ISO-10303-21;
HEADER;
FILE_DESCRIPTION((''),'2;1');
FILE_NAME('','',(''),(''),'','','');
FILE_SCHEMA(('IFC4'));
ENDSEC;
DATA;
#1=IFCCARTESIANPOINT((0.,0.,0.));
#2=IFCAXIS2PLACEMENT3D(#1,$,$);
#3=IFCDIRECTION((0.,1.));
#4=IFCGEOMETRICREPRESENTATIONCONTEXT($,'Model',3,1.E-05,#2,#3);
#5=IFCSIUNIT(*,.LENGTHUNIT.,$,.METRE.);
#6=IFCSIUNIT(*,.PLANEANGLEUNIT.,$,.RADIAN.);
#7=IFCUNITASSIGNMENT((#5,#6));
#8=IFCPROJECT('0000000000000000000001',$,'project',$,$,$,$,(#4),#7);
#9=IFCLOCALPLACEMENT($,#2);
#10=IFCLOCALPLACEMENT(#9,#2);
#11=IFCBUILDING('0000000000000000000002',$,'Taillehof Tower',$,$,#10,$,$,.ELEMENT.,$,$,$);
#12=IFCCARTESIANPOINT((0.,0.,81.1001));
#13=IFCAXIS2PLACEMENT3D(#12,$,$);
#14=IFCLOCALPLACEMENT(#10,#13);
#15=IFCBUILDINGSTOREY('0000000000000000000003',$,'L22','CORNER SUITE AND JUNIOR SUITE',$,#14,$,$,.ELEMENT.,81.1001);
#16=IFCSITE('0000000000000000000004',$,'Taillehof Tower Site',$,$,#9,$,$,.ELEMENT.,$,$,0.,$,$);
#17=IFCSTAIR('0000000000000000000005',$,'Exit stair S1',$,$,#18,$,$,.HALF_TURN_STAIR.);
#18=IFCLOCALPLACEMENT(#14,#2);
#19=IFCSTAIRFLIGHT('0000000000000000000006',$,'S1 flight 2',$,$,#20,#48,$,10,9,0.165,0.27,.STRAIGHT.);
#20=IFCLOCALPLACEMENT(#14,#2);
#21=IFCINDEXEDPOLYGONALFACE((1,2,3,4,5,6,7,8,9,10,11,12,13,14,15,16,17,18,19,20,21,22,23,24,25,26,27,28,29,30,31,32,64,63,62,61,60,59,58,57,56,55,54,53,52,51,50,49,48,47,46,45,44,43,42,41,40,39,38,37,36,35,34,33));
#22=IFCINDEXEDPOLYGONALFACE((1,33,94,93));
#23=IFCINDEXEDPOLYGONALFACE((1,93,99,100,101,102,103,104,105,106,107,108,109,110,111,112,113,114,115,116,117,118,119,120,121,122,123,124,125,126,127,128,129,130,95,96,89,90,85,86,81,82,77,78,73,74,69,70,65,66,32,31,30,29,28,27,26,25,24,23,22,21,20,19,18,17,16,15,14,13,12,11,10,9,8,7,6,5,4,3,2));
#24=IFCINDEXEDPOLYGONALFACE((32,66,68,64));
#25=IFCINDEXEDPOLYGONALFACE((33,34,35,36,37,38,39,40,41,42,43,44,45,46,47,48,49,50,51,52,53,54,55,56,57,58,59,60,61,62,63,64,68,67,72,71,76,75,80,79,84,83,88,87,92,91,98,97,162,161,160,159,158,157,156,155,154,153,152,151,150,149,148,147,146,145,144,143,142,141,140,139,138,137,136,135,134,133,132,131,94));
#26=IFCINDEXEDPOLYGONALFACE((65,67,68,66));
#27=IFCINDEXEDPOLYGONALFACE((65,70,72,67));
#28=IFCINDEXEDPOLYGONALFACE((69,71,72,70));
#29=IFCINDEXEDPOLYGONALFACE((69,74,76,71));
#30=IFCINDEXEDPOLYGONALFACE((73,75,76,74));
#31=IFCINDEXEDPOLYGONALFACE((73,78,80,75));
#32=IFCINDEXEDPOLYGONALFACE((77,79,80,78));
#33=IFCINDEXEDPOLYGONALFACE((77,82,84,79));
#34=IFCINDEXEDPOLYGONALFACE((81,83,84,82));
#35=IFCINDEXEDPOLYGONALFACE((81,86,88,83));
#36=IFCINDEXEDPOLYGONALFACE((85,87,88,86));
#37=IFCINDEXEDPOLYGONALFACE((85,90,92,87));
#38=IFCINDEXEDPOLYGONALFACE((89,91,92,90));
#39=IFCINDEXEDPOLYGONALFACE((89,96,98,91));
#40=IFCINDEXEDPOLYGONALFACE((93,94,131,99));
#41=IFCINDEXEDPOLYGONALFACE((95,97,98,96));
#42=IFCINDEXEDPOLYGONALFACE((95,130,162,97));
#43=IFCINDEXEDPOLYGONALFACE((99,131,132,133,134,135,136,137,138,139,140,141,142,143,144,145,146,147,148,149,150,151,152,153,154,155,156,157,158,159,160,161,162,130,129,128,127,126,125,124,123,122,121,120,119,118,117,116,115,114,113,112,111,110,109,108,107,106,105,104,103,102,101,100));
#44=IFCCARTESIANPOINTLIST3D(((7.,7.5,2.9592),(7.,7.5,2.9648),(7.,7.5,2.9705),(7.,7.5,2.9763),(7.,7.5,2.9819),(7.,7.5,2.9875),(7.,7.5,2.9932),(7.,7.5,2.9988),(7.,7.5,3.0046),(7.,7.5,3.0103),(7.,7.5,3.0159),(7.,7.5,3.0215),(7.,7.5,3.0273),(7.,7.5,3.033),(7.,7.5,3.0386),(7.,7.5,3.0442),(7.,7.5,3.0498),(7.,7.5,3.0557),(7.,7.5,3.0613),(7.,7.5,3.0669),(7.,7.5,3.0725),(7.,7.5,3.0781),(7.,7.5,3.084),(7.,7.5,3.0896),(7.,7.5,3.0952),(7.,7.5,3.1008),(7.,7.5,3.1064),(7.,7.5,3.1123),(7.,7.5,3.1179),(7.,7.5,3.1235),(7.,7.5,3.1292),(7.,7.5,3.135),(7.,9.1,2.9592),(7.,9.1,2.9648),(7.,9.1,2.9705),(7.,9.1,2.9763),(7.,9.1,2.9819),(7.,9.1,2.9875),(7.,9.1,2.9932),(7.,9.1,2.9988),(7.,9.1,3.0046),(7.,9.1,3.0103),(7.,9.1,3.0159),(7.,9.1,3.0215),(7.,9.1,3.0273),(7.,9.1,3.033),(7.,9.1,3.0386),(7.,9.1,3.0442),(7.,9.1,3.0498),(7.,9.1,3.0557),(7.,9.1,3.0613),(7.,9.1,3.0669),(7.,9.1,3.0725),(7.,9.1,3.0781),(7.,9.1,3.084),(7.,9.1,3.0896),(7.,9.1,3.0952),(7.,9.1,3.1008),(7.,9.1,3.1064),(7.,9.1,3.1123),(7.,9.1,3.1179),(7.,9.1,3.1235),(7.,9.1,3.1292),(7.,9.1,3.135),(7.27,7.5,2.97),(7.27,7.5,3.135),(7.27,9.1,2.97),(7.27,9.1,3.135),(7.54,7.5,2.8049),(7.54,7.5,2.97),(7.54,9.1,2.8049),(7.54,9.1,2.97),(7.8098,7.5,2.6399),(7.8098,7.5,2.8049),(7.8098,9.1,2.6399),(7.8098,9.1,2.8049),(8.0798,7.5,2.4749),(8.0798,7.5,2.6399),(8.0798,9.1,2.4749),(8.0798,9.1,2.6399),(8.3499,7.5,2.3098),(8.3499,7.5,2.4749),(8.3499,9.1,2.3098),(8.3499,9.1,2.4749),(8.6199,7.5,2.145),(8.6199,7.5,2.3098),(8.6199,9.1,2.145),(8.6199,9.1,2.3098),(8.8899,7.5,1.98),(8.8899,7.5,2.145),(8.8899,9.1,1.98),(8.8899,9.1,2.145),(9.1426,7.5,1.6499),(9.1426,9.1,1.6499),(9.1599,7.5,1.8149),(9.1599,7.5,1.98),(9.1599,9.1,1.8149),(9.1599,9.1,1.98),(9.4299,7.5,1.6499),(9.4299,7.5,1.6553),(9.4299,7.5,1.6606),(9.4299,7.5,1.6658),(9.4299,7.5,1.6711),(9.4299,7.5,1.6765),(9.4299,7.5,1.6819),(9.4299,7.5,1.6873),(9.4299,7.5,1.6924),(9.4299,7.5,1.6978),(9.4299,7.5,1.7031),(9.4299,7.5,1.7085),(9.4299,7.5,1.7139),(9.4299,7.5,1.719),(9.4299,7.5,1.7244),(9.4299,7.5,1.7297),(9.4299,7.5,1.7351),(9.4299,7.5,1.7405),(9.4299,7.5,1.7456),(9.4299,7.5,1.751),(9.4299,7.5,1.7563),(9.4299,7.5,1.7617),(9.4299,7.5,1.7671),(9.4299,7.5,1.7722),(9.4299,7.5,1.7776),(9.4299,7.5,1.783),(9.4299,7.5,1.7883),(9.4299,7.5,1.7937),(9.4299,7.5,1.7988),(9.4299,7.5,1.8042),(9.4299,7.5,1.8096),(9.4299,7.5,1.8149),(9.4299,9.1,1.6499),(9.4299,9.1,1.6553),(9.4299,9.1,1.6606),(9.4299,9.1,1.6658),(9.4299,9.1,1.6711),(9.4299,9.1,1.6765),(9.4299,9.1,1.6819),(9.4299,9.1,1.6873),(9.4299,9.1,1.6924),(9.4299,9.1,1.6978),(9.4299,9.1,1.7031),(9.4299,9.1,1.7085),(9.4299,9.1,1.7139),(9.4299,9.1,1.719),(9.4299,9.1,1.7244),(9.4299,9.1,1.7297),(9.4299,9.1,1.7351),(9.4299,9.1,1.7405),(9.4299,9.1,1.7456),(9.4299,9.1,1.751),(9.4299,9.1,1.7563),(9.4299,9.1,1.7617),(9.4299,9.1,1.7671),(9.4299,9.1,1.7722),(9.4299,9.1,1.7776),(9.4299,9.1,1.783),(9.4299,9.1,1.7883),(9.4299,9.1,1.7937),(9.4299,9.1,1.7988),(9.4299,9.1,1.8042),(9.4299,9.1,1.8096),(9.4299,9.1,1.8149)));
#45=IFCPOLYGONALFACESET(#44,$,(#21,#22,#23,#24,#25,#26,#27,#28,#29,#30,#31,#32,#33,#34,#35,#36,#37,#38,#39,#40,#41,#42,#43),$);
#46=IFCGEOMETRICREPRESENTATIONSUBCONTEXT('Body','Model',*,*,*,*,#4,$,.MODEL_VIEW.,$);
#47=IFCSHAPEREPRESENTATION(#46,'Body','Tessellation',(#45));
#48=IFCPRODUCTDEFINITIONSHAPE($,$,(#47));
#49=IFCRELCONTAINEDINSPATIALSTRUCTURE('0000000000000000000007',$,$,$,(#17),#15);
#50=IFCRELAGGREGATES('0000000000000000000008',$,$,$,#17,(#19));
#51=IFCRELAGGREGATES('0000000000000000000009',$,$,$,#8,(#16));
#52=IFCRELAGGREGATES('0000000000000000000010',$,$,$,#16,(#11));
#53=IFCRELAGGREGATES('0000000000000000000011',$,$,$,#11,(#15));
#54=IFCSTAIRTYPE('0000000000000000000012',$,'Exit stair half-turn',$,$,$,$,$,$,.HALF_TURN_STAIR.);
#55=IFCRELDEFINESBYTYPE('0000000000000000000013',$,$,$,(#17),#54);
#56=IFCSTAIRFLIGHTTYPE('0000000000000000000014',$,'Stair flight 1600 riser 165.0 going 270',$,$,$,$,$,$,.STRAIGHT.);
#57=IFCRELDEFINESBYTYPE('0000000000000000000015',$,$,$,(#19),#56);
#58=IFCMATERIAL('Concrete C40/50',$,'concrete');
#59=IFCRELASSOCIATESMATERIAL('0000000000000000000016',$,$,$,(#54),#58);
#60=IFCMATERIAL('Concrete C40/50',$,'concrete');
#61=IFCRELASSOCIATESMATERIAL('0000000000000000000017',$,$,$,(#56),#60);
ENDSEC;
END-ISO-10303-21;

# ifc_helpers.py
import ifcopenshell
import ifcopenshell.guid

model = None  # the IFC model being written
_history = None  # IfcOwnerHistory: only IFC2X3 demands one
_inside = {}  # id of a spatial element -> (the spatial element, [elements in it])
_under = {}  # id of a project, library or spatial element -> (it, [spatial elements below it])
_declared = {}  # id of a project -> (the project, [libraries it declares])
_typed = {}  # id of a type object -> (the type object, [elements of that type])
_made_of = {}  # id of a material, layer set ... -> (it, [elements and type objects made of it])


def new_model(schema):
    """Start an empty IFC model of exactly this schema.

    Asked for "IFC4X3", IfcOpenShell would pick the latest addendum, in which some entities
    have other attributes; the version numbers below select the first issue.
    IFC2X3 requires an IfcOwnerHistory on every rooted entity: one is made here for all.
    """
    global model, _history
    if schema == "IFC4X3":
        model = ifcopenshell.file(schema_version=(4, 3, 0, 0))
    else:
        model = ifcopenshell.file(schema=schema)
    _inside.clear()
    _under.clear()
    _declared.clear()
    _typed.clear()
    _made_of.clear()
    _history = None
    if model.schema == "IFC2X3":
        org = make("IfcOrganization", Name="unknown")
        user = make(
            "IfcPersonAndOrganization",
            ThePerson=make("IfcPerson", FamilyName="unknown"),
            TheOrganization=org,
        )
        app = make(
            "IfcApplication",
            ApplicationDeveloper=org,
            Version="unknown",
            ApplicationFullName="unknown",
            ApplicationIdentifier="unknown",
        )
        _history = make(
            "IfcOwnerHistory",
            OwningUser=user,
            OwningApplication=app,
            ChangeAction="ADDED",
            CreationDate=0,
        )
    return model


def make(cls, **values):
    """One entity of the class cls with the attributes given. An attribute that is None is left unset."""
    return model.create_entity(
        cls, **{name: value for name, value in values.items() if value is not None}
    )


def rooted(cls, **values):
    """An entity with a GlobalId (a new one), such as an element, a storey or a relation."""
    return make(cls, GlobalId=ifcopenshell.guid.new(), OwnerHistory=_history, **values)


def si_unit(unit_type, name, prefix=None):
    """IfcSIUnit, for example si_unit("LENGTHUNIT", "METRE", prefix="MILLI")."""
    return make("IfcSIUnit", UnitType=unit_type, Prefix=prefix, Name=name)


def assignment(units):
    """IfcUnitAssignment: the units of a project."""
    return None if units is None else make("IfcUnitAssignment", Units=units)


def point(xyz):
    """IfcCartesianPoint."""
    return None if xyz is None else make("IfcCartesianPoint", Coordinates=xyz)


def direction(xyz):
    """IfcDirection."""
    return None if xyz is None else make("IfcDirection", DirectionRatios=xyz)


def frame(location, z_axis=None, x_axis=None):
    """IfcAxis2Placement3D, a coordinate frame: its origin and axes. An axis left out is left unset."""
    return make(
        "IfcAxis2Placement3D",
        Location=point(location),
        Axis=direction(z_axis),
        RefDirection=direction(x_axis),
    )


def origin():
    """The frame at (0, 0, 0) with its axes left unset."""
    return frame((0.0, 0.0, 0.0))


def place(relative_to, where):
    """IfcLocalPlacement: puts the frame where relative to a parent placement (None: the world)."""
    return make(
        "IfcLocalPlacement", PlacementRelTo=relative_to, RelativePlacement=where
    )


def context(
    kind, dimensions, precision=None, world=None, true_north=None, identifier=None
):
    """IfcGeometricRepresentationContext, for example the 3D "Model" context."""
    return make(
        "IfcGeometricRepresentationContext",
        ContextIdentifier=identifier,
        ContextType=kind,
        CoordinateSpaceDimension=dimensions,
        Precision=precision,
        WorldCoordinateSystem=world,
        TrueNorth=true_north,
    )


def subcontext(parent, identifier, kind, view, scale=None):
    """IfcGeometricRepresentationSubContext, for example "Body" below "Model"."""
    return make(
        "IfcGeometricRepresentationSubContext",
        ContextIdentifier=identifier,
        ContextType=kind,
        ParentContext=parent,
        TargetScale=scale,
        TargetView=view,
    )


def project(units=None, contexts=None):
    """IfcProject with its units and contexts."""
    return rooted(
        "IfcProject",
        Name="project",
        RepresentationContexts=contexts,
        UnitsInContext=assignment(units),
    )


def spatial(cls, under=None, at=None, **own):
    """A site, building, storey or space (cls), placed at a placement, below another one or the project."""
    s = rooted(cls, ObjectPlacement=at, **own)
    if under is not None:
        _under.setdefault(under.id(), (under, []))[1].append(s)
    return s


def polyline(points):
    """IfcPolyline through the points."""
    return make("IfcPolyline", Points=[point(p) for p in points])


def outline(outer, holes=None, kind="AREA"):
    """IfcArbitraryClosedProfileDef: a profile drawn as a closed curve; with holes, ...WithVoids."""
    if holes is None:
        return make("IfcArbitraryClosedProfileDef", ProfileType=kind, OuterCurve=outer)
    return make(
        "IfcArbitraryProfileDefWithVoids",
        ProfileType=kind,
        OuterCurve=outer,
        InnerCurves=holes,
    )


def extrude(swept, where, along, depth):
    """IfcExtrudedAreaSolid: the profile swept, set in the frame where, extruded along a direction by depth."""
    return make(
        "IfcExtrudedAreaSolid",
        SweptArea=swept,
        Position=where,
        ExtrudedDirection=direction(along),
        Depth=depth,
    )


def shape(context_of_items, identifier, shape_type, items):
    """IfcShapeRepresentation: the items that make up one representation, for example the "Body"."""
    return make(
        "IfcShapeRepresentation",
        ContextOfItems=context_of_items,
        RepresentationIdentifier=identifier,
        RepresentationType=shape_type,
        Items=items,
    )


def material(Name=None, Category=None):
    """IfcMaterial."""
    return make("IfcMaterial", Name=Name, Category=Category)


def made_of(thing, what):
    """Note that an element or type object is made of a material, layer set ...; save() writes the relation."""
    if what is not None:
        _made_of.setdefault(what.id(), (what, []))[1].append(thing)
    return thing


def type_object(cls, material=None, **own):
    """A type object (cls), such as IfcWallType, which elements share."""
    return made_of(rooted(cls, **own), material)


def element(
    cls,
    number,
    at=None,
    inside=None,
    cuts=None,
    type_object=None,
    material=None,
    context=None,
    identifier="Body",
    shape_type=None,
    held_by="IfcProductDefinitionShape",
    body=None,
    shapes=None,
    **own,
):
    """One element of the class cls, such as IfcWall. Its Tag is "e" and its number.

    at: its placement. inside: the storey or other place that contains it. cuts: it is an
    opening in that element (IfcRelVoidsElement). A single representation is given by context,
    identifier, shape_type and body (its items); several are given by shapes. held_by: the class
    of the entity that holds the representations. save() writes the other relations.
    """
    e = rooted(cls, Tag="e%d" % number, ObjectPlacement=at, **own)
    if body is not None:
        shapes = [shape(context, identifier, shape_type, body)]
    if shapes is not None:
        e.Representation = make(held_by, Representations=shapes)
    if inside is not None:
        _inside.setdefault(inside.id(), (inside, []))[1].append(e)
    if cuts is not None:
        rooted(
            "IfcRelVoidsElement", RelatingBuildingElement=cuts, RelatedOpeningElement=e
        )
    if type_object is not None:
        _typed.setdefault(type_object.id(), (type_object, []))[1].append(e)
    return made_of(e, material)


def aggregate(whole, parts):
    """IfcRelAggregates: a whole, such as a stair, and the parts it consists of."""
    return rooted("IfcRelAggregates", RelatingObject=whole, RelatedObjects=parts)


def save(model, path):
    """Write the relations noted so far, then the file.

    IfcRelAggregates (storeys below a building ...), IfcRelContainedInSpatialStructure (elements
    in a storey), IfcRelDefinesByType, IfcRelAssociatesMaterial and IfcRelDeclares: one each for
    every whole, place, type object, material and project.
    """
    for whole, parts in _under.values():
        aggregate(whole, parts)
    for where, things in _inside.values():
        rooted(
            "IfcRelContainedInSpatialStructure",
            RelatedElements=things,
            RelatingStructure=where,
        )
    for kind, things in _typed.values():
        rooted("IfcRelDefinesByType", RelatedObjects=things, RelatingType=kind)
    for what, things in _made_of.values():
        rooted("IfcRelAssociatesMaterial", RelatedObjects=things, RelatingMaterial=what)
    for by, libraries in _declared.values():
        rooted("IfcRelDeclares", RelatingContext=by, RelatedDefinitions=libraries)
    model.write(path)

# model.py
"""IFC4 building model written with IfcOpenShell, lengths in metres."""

from ifc_helpers import new_model, si_unit, direction, frame, origin, place, context, subcontext, project, spatial, polyline, outline, extrude, material, type_object, element, aggregate, save


model = new_model("IFC4")

# Units and contexts
model_context = context("Model", 3, precision=1e-05, world=origin(), true_north=direction((0.0, 1.0)))
body_context = subcontext(model_context, "Body", "Model", "MODEL_VIEW")
ifc_project = project(units=[si_unit("LENGTHUNIT", "METRE"), si_unit("PLANEANGLEUNIT", "RADIAN")], contexts=[model_context])

# Site, building, storey
site_placement = place(None, origin())
site = spatial("IfcSite", under=ifc_project, at=site_placement, Name="Taillehof Tower Site", CompositionType="ELEMENT", RefElevation=0.0)
building_placement = place(site_placement, origin())
building = spatial("IfcBuilding", under=site, at=building_placement, Name="Taillehof Tower", CompositionType="ELEMENT")
storey_placement = place(building_placement, frame((0.0, 0.0, 81.1001)))
storey = spatial("IfcBuildingStorey", under=building, at=storey_placement, Name="L22", Description="CORNER SUITE AND JUNIOR SUITE", CompositionType="ELEMENT", Elevation=81.1001)

# Stair, stair flight
ifc_material_1 = material(Name="Concrete C40/50", Category="concrete")
stair_type = type_object("IfcStairType", Name="Exit stair half-turn", PredefinedType="HALF_TURN_STAIR", material=ifc_material_1)
stair_placement = place(storey_placement, origin())
stair = element("IfcStair", 1, at=stair_placement, inside=storey, type_object=stair_type, Name="Exit stair S1", PredefinedType="HALF_TURN_STAIR")
ifc_material_2 = material(Name="Concrete C40/50", Category="concrete")
stair_flight_type = type_object("IfcStairFlightType", Name="Stair flight 1600 riser 165.0 going 270", PredefinedType="STRAIGHT", material=ifc_material_2)
stair_flight_placement = place(storey_placement, frame((9.4299, 8.3, 1.6499), z_axis=(0.0, 0.0, 1.0), x_axis=(-1.0, 0.0, 0.0)))
stair_flight = element("IfcStairFlight", 2, at=stair_flight_placement, type_object=stair_flight_type, Name="S1 flight 2", NumberOfRisers=10, NumberOfTreads=9, PredefinedType="STRAIGHT", RiserHeight=0.165, TreadLength=0.27, context=body_context, shape_type="SweptSolid", body=[
    extrude(outline(polyline([(0.0, 0.0), (0.0, 0.0054), (0.0, 0.0107), (0.0, 0.0159), (0.0, 0.0212), (0.0, 0.0266), (0.0, 0.032), (0.0, 0.0374), (0.0, 0.0425), (0.0, 0.0479), (0.0, 0.0532), (0.0, 0.0586), (0.0, 0.064), (0.0, 0.0691), (0.0, 0.0745), (0.0, 0.0798), (0.0, 0.0852), (0.0, 0.0906), (0.0, 0.0957), (0.0, 0.1011), (0.0, 0.1064), (0.0, 0.1118), (0.0, 0.1172), (0.0, 0.1223), (0.0, 0.1277), (0.0, 0.1331), (0.0, 0.1384), (0.0, 0.1438), (0.0, 0.1489), (0.0, 0.1543), (0.0, 0.1597), (0.0, 0.165), (0.27, 0.165), (0.27, 0.3301), (0.54, 0.3301), (0.54, 0.4951), (0.8101, 0.4951), (0.8101, 0.6599), (1.0801, 0.6599), (1.0801, 0.825), (1.3501, 0.825), (1.3501, 0.99), (1.6201, 0.99), (1.6201, 1.155), (1.8899, 1.155), (1.8899, 1.3201), (2.1599, 1.3201), (2.1599, 1.4851), (2.4299, 1.4851), (2.4299, 1.4792), (2.4299, 1.4736), (2.4299, 1.468), (2.4299, 1.4624), (2.4299, 1.4565), (2.4299, 1.4509), (2.4299, 1.4453), (2.4299, 1.4397), (2.4299, 1.4341), (2.4299, 1.4282), (2.4299, 1.4226), (2.4299, 1.417), (2.4299, 1.4114), (2.4299, 1.4058), (2.4299, 1.3999), (2.4299, 1.3943), (2.4299, 1.3887), (2.4299, 1.3831), (2.4299, 1.3774), (2.4299, 1.3716), (2.4299, 1.366), (2.4299, 1.3604), (2.4299, 1.3547), (2.4299, 1.3489), (2.4299, 1.3433), (2.4299, 1.3376), (2.4299, 1.332), (2.4299, 1.3264), (2.4299, 1.3206), (2.4299, 1.3149), (2.4299, 1.3093), (0.2874, 0.0), (0.0, 0.0)])), frame((0.0, 0.8, 0.0), z_axis=(0.0, -1.0, 0.0), x_axis=(1.0, 0.0, 0.0)), (0.0, 0.0, 1.0), 1.6),
])
aggregate(stair, [stair_flight])

save(model, "model.ifc")
